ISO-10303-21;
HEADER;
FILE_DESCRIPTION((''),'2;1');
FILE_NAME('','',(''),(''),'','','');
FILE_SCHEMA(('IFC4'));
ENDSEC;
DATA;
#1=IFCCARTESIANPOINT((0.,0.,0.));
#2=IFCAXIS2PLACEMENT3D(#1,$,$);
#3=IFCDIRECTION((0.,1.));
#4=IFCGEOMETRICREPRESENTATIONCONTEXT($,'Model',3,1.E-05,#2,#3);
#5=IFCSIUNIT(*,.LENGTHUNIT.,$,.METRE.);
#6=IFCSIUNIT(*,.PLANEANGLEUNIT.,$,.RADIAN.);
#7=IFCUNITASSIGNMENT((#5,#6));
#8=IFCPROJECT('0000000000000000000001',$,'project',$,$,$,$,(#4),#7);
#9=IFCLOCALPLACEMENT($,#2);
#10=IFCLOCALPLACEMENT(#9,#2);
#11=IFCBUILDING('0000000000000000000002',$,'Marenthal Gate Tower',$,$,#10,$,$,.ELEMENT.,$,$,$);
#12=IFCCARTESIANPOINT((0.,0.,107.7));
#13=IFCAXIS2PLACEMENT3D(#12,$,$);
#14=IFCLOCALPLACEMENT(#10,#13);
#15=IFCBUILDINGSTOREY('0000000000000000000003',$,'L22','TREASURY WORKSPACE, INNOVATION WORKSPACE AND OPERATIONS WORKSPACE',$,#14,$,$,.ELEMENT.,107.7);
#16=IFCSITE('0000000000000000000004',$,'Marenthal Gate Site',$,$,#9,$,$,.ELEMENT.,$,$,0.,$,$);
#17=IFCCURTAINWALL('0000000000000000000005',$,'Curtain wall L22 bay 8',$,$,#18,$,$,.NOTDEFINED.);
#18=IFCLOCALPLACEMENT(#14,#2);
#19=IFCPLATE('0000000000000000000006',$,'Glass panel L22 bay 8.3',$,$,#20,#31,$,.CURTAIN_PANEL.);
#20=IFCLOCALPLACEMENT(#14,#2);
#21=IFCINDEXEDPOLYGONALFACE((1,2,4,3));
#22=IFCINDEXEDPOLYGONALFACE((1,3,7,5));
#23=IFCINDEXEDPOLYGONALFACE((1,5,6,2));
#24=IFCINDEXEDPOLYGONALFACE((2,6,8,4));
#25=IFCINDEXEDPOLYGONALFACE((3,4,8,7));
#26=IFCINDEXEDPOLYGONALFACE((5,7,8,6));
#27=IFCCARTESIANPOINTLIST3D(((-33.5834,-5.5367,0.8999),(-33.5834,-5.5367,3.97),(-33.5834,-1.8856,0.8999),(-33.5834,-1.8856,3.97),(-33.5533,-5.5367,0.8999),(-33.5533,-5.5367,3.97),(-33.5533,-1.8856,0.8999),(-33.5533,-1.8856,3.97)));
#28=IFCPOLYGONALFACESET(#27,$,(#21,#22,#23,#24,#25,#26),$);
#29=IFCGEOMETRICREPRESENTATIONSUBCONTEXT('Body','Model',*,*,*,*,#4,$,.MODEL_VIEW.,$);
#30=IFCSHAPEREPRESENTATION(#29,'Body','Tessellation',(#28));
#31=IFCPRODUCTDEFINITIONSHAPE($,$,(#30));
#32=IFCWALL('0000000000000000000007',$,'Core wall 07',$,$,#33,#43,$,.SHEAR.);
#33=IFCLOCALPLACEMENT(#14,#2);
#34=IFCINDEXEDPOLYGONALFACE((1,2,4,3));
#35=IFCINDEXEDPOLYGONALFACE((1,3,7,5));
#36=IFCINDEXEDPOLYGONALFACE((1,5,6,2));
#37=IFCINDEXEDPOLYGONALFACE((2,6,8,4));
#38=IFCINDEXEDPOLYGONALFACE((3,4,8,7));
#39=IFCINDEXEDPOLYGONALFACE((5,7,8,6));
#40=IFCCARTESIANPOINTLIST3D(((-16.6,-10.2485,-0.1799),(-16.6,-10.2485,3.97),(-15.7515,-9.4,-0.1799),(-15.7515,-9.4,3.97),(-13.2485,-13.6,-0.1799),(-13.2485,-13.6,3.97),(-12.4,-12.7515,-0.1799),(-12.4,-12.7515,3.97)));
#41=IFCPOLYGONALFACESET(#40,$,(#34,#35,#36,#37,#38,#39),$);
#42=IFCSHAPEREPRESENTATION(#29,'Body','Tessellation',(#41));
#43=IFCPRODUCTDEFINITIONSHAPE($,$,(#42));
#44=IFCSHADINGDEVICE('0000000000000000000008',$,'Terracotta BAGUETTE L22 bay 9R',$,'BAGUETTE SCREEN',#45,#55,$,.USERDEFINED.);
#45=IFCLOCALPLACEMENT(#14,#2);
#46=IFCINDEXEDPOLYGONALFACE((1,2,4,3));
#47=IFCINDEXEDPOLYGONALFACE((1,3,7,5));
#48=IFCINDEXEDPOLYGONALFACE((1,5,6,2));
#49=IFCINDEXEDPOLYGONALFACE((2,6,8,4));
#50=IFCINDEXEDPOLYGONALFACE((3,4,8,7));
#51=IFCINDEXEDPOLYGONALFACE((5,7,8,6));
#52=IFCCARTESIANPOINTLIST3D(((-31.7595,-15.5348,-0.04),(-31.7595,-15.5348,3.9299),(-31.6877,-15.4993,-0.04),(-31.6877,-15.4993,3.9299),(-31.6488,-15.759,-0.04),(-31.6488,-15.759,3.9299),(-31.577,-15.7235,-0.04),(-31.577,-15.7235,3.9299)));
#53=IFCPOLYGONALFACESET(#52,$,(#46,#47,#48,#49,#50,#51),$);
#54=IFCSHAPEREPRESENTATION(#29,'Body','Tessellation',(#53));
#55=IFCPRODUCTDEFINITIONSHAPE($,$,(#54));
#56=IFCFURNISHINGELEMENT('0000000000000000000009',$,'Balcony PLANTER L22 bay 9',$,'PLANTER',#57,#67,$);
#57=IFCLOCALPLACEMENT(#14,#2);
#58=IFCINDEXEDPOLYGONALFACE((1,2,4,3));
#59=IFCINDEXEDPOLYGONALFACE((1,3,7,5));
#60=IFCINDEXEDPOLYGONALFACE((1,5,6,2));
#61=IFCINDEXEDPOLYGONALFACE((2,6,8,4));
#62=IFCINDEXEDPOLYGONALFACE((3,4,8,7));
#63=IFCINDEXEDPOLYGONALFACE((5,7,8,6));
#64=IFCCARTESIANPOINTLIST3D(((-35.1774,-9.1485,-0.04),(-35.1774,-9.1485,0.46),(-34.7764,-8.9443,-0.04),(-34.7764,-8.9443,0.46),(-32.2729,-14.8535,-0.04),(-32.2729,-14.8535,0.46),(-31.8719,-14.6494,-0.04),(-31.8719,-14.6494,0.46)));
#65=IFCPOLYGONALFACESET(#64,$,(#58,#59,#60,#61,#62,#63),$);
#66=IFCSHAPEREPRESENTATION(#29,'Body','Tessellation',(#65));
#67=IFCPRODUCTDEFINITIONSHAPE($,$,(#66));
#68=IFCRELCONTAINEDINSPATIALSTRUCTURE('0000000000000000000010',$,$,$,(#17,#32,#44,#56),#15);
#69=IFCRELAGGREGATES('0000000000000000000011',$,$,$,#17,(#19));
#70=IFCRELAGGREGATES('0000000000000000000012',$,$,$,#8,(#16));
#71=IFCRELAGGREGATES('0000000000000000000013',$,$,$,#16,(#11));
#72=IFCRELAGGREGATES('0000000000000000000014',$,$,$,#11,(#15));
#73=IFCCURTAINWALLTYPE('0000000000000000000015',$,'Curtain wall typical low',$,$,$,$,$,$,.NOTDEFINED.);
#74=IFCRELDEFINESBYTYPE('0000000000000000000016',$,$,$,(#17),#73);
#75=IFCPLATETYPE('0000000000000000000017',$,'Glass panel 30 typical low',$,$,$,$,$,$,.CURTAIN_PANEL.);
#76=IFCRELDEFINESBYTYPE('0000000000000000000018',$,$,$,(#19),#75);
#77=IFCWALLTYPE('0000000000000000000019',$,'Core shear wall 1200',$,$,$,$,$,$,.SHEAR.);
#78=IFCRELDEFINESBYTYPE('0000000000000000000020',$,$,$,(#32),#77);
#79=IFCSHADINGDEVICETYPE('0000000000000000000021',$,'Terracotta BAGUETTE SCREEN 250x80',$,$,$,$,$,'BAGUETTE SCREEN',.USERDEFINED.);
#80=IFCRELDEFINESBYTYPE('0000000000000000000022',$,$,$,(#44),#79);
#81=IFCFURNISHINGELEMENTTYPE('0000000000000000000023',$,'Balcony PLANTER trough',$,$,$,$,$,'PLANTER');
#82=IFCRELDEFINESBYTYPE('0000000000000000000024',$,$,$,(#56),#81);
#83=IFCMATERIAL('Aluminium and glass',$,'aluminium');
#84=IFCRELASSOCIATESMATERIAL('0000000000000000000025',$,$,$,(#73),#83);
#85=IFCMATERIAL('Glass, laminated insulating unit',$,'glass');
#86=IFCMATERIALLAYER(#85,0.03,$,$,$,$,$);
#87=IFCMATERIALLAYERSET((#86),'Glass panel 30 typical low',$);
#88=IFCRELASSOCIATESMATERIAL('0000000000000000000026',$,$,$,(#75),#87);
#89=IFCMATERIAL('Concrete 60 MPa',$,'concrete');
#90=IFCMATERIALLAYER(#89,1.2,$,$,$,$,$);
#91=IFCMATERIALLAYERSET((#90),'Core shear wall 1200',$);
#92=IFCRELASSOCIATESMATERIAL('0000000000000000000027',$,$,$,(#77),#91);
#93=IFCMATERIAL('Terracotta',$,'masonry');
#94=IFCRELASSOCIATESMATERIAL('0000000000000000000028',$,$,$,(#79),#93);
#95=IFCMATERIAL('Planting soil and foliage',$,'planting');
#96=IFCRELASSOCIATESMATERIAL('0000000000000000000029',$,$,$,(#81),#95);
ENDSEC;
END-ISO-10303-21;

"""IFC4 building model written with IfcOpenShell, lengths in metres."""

from ifc_helpers import new_model, si_unit, direction, frame, frame_2d, origin, origin_2d, place, context, subcontext, project, spatial, rectangle, extrude, material, layer, layer_set, material_profile, profile_set, type_object, element, aggregate, save


model = new_model("IFC4")

# Units and contexts
model_context = context("Model", 3, precision=1e-05, world=origin(), true_north=direction((0.0, 1.0)))
body_context = subcontext(model_context, "Body", "Model", "MODEL_VIEW")
ifc_project = project(units=[si_unit("LENGTHUNIT", "METRE"), si_unit("PLANEANGLEUNIT", "RADIAN")], contexts=[model_context])

# Site, building, storey
site_placement = place(None, origin())
site = spatial("IfcSite", under=ifc_project, at=site_placement, Name="Marenthal Gate Site", CompositionType="ELEMENT", RefElevation=0.0)
building_placement = place(site_placement, origin())
building = spatial("IfcBuilding", under=site, at=building_placement, Name="Marenthal Gate Tower", CompositionType="ELEMENT")
storey_placement = place(building_placement, frame((0.0, 0.0, 107.7)))
storey = spatial("IfcBuildingStorey", under=building, at=storey_placement, Name="L22", Description="TREASURY WORKSPACE, INNOVATION WORKSPACE AND OPERATIONS WORKSPACE", CompositionType="ELEMENT", Elevation=107.7)

# Curtain wall
ifc_material_1 = material(Name="Aluminium and glass", Category="aluminium")
curtain_wall_type = type_object("IfcCurtainWallType", Name="Curtain wall typical low", PredefinedType="NOTDEFINED", material=ifc_material_1)
curtain_wall_1_placement = place(storey_placement, origin())
curtain_wall_1 = element("IfcCurtainWall", 1, at=curtain_wall_1_placement, inside=storey, type_object=curtain_wall_type, Name="Curtain wall L22 bay 8", PredefinedType="NOTDEFINED")

# Plate
ifc_material_2 = material(Name="Glass, laminated insulating unit", Category="glass")
ifc_layer_1 = layer(ifc_material_2, 0.03)
ifc_layer_set_1 = layer_set([ifc_layer_1], Name="Glass panel 30 typical low")
plate_type = type_object("IfcPlateType", Name="Glass panel 30 typical low", PredefinedType="CURTAIN_PANEL", material=ifc_layer_set_1)
plate_placement = place(storey_placement, frame((-33.5684, -3.7112, 0.8999), z_axis=(0.0, 0.0, 1.0), x_axis=(0.0, -1.0, 0.0)))
plate = element("IfcPlate", 2, at=plate_placement, type_object=plate_type, Name="Glass panel L22 bay 8.3", PredefinedType="CURTAIN_PANEL", context=body_context, shape_type="SweptSolid", body=[
    extrude(rectangle(XDim=3.6511, YDim=0.03, at=origin_2d()), origin(), (0.0, 0.0, 1.0), 3.0701),
])
aggregate(curtain_wall_1, [plate])

# Wall
ifc_material_3 = material(Name="Concrete 60 MPa", Category="concrete")
ifc_layer_2 = layer(ifc_material_3, 1.2)
ifc_layer_set_2 = layer_set([ifc_layer_2], Name="Core shear wall 1200")
wall_type_1 = type_object("IfcWallType", Name="Core shear wall 1200", PredefinedType="SHEAR", material=ifc_layer_set_2)
wall_1_placement = place(storey_placement, frame((-16.1758, -9.8242, -0.1799), z_axis=(0.0, 0.0, 1.0), x_axis=(0.707107, -0.707107, 0.0)))
element("IfcWall", 3, at=wall_1_placement, inside=storey, type_object=wall_type_1, Name="Core wall 07", PredefinedType="SHEAR", context=body_context, shape_type="SweptSolid", body=[
    extrude(rectangle(XDim=4.7397, YDim=1.2, at=frame_2d((2.3699, 0.0))), origin(), (0.0, 0.0, 1.0), 4.1499),
])

# Shading device
ifc_material_4 = material(Name="Terracotta", Category="masonry")
ifc_material_profile_1 = material_profile(ifc_material_4, rectangle(XDim=0.25, YDim=0.0801, at=origin_2d()), Name="Terracotta baguette 250x80")
ifc_profile_set_1 = profile_set([ifc_material_profile_1], Name="Terracotta")
shading_device_type = type_object("IfcShadingDeviceType", Name="Terracotta BAGUETTE SCREEN 250x80", ElementType="BAGUETTE SCREEN", PredefinedType="USERDEFINED", material=ifc_profile_set_1)
shading_device_placement = place(storey_placement, frame((-31.6682, -15.6292, -0.04), z_axis=(0.0, 0.0, 1.0), x_axis=(0.442731, -0.896654, 0.0)))
element("IfcShadingDevice", 4, at=shading_device_placement, inside=storey, type_object=shading_device_type, Name="Terracotta BAGUETTE L22 bay 9R", ObjectType="BAGUETTE SCREEN", PredefinedType="USERDEFINED", context=body_context, shape_type="SweptSolid", body=[
    extrude(rectangle(XDim=0.25, YDim=0.0801, at=origin_2d()), origin(), (0.0, 0.0, 1.0), 3.97),
])

# Furnishing element
ifc_material_5 = material(Name="Planting soil and foliage", Category="planting")
furnishing_element_type = type_object("IfcFurnishingElementType", Name="Balcony PLANTER trough", ElementType="PLANTER", material=ifc_material_5)
furnishing_placement = place(storey_placement, frame((-33.5247, -11.8989, -0.04), z_axis=(0.0, 0.0, 1.0), x_axis=(0.453688, -0.891161, 0.0)))
element("IfcFurnishingElement", 5, at=furnishing_placement, inside=storey, type_object=furnishing_element_type, Name="Balcony PLANTER L22 bay 9", ObjectType="PLANTER", context=body_context, shape_type="SweptSolid", body=[
    extrude(rectangle(XDim=6.4019, YDim=0.45, at=origin_2d()), origin(), (0.0, 0.0, 1.0), 0.5),
])

save(model, "model.ifc")
